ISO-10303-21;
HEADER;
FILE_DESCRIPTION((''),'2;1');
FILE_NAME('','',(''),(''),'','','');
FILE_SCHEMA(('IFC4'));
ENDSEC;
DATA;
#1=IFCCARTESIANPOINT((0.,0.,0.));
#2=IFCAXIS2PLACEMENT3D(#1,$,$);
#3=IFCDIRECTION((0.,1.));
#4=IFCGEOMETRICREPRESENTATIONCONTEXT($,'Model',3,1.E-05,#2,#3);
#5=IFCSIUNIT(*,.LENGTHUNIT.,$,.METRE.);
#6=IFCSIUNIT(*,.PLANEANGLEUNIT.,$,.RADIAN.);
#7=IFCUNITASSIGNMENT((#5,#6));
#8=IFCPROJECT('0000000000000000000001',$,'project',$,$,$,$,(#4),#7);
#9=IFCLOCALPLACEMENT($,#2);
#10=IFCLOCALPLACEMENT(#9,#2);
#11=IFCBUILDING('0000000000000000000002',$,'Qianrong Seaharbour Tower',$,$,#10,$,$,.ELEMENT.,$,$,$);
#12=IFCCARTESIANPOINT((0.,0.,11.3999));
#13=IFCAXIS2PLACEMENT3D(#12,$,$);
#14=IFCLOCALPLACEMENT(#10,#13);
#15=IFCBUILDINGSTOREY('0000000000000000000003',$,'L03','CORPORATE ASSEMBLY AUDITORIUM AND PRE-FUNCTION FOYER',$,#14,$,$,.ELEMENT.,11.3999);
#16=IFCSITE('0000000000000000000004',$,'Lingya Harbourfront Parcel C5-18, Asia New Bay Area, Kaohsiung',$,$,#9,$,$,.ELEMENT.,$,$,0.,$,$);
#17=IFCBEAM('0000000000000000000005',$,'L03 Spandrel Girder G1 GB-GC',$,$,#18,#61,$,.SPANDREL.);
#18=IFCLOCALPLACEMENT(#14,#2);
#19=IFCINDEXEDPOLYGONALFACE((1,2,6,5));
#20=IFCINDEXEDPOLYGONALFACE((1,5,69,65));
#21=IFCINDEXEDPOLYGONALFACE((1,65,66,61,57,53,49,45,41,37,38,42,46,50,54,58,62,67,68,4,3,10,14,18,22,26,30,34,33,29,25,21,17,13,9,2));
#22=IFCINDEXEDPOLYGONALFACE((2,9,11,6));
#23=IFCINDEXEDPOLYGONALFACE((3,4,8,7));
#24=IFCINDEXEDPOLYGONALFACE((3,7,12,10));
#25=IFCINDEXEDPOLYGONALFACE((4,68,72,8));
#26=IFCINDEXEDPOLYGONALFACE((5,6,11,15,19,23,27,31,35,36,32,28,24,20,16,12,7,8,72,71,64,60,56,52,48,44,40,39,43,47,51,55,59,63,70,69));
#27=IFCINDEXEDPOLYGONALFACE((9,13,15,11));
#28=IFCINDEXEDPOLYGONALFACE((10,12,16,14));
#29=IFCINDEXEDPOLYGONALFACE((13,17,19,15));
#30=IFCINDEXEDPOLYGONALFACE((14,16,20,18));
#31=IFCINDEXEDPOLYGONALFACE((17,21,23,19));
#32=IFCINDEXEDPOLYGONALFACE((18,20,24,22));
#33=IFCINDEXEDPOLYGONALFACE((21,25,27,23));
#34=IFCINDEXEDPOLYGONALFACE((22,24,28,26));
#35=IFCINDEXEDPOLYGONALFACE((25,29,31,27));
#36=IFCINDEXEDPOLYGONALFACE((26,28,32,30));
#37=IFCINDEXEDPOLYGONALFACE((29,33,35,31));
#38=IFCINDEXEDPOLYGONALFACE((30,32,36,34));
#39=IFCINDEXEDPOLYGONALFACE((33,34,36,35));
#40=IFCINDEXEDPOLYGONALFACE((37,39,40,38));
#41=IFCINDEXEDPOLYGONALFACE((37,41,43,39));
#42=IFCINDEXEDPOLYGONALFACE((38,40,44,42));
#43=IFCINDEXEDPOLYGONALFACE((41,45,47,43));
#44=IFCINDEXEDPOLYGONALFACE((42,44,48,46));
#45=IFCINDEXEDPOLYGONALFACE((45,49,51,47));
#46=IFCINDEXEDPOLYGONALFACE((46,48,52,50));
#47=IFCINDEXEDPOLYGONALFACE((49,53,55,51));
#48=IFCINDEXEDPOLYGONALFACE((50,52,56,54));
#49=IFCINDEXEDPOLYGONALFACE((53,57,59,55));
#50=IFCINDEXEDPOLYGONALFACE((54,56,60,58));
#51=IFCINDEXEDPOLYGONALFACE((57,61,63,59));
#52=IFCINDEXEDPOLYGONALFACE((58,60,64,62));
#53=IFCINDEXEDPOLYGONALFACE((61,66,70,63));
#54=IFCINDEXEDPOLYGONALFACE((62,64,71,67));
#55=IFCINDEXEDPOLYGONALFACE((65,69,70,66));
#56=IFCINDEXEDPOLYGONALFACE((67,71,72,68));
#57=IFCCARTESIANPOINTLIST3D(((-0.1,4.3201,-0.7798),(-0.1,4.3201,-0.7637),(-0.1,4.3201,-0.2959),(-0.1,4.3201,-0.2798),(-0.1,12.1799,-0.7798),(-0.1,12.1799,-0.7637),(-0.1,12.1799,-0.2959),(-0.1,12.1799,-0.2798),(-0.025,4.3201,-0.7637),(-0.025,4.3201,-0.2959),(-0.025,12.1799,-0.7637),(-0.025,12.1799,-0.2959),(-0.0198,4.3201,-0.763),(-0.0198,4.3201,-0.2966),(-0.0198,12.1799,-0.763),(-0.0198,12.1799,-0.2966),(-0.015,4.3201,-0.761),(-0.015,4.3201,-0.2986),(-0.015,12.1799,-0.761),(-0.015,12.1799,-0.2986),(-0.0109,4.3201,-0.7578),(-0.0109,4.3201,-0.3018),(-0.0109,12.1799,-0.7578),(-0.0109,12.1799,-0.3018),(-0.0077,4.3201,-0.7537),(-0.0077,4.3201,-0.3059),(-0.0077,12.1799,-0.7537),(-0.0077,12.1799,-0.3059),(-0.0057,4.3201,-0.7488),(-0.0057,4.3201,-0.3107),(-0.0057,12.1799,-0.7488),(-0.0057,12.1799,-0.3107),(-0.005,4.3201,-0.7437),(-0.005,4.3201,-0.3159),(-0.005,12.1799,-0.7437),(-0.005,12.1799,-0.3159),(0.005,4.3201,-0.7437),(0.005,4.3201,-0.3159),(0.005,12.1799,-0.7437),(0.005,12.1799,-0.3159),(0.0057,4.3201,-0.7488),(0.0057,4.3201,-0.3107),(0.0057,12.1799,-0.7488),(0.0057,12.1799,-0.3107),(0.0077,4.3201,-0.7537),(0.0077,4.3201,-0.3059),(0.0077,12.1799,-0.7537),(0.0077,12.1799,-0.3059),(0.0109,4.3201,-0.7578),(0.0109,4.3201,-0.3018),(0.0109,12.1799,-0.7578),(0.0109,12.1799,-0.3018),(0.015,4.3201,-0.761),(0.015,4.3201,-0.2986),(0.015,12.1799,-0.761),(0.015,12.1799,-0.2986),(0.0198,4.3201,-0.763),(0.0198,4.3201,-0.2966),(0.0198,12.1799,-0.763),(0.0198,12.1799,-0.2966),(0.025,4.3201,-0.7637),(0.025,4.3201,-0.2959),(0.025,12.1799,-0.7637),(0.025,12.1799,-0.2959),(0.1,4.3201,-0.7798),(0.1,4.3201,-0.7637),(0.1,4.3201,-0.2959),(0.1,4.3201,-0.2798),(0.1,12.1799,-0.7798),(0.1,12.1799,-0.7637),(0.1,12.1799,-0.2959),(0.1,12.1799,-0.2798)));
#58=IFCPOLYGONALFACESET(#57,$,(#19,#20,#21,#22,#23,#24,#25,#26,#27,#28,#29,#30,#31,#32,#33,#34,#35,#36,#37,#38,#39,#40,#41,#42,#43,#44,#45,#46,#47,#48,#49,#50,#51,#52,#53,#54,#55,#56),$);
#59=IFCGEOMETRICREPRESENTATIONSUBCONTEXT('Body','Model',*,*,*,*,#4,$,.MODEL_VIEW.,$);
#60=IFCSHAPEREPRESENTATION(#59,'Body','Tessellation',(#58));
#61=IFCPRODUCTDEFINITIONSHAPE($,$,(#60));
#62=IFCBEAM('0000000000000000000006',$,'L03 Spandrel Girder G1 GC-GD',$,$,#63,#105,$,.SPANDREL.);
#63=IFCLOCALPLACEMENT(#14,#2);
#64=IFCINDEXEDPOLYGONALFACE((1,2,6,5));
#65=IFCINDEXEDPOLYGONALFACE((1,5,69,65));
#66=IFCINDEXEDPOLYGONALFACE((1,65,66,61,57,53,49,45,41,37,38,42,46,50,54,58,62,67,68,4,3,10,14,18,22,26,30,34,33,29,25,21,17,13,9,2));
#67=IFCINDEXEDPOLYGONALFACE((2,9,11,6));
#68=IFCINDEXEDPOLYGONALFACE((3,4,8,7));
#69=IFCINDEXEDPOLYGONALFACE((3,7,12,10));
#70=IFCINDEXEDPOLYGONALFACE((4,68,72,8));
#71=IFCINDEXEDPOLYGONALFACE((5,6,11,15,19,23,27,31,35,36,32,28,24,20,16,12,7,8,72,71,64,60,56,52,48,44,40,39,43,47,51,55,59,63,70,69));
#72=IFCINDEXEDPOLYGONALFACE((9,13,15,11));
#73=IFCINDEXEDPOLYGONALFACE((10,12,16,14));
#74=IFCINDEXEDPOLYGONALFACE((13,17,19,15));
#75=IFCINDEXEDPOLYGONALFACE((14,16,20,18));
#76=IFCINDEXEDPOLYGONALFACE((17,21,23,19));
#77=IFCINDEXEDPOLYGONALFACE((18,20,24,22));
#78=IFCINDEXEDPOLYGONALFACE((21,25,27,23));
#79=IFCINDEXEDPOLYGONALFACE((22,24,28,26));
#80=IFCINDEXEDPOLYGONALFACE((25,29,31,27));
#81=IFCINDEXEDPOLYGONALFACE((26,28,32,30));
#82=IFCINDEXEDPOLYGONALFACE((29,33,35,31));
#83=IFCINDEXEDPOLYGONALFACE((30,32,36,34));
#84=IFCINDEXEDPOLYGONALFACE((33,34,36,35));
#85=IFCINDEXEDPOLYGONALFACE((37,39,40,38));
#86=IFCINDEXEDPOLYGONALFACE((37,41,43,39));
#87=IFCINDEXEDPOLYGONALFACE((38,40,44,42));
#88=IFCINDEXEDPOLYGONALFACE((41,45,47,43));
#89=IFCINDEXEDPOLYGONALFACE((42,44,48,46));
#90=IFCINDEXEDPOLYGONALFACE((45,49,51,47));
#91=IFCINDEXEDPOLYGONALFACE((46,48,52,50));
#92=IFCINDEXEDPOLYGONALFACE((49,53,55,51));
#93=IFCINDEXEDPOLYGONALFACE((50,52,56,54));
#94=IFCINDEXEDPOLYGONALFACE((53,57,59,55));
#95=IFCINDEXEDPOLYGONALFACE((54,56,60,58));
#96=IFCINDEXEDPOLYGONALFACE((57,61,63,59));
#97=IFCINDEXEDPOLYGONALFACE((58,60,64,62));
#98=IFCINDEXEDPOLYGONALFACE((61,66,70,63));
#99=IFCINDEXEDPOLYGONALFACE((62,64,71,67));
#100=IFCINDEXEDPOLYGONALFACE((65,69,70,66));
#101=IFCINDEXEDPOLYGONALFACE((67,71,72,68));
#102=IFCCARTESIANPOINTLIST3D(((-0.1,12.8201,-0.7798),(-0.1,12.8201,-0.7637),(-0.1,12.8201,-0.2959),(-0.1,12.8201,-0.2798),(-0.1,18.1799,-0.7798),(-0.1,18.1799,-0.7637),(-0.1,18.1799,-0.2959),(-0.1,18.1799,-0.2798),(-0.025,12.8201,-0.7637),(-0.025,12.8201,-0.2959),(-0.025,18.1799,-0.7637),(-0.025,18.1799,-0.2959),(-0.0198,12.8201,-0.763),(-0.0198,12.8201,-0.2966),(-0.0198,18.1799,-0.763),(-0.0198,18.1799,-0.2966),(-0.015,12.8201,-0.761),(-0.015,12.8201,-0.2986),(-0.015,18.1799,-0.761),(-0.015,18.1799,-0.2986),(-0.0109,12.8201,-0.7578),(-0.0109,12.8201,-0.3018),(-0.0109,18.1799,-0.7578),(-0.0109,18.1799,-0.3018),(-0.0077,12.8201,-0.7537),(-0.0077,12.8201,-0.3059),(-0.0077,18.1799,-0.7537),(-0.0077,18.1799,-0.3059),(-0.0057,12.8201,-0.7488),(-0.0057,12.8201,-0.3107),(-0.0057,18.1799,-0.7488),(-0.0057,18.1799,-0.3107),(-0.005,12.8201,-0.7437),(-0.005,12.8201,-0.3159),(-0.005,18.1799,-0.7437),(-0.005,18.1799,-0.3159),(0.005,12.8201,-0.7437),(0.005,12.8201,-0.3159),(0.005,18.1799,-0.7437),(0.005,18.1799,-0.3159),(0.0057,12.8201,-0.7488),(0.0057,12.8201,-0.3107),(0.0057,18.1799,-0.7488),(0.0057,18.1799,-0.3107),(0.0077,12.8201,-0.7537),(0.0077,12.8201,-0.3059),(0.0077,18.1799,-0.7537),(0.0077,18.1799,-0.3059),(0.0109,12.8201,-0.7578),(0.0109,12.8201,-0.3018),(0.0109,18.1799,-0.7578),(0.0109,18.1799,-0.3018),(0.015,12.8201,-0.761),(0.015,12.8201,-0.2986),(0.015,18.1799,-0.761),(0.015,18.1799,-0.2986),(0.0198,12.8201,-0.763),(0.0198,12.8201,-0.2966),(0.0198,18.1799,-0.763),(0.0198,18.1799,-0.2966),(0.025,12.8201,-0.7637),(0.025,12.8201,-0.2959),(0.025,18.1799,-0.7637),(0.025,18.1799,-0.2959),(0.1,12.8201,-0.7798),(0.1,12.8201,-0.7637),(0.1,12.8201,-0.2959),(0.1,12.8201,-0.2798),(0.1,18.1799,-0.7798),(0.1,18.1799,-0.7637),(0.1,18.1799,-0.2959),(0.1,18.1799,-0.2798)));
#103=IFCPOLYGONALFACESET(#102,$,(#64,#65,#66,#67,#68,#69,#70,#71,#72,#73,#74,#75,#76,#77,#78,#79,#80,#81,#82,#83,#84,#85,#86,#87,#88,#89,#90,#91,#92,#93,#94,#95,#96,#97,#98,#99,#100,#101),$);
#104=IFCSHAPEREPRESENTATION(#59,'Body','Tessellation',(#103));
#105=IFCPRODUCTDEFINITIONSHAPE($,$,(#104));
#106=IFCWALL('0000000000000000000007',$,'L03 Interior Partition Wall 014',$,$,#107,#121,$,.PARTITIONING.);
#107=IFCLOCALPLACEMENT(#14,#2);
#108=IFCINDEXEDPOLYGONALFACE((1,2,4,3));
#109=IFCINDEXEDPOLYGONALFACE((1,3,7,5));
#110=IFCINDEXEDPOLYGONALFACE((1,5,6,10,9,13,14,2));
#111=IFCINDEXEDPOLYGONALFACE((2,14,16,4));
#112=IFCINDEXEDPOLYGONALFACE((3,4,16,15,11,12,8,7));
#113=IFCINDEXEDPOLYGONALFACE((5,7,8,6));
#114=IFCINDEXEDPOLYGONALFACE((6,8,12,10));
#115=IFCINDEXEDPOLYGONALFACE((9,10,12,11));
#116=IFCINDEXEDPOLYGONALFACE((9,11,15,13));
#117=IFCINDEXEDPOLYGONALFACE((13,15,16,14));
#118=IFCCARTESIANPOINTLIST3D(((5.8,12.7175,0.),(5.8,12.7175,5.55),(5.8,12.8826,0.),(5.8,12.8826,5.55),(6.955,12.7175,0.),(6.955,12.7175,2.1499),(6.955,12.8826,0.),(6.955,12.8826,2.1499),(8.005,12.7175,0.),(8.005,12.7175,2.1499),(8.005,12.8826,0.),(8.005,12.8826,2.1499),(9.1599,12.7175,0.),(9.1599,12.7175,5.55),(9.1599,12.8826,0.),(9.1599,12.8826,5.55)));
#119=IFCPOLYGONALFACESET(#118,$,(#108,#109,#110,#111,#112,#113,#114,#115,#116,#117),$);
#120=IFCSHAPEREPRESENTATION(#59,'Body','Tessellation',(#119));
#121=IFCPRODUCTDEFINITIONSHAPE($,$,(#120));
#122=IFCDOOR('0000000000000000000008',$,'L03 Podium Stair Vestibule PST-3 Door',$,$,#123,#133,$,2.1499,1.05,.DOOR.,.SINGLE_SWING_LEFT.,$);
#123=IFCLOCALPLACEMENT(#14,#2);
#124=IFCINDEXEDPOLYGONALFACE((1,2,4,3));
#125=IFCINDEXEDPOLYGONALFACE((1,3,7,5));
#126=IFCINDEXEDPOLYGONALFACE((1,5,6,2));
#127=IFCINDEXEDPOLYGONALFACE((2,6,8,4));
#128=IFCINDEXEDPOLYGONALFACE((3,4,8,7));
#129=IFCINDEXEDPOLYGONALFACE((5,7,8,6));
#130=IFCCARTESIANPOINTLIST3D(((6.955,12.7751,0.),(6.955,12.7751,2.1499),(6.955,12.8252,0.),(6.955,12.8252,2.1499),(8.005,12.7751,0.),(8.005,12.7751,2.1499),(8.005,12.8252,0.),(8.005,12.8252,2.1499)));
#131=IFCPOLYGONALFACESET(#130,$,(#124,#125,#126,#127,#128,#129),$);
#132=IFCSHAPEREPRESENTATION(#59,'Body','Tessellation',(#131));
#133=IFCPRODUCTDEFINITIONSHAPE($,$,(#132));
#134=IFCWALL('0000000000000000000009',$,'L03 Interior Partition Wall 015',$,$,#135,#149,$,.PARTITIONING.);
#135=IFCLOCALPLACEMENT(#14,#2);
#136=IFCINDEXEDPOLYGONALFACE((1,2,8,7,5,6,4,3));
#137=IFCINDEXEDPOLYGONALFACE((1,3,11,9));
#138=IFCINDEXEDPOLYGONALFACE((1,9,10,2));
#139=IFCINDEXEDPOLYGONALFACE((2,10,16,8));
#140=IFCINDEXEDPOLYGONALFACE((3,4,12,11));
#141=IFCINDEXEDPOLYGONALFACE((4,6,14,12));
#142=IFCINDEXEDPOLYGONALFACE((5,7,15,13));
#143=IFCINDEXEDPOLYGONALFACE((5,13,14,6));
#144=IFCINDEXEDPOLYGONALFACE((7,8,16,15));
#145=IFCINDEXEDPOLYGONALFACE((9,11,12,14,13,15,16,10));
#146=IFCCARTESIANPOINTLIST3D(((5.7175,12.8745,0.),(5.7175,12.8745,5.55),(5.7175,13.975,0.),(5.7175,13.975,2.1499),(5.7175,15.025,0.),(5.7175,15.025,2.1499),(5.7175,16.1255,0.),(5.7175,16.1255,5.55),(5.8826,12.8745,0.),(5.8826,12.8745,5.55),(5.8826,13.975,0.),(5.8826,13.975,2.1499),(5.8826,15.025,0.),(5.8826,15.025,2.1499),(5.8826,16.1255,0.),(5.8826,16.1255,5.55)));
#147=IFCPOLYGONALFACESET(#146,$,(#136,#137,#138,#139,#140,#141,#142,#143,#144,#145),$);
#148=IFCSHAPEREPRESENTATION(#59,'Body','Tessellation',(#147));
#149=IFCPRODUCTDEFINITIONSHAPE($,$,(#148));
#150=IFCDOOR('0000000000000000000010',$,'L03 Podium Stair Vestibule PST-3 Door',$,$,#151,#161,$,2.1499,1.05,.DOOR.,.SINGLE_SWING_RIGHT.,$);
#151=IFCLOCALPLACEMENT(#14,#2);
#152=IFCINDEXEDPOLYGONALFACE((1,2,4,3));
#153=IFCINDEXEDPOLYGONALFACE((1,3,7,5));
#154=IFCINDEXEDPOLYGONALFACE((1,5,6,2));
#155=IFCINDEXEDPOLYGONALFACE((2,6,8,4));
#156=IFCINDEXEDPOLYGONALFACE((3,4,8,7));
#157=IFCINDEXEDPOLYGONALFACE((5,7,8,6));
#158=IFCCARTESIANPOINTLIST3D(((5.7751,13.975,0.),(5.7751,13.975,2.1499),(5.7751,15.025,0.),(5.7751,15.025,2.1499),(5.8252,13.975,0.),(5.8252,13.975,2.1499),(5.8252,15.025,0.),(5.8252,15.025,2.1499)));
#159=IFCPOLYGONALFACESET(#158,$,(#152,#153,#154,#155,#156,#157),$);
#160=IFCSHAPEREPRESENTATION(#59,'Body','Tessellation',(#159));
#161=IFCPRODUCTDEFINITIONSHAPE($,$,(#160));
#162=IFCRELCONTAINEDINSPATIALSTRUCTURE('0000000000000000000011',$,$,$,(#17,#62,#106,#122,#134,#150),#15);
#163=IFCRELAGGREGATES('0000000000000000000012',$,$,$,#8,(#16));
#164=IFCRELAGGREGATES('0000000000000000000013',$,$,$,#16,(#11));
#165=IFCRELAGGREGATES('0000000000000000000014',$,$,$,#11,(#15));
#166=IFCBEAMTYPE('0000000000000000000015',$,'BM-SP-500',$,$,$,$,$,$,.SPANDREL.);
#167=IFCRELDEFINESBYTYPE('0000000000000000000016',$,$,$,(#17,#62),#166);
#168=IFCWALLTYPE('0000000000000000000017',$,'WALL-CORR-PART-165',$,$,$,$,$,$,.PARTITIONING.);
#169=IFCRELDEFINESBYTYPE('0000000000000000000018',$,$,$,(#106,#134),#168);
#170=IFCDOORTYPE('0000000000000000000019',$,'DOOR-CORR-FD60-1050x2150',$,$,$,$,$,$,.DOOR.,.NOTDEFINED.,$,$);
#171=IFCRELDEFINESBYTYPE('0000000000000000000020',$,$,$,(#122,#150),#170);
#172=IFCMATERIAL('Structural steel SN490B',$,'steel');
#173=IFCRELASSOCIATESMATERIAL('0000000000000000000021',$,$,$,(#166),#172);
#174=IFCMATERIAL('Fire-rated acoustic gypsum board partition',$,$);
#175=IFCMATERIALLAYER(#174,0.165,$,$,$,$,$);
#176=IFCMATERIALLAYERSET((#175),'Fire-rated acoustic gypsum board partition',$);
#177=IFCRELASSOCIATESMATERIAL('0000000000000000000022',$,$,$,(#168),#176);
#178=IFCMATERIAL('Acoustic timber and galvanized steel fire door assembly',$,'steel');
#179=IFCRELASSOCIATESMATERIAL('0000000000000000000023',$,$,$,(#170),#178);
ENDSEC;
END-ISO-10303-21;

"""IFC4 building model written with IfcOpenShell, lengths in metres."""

from ifc_helpers import new_model, si_unit, direction, frame, frame_2d, origin, origin_2d, place, context, subcontext, project, spatial, rectangle, i_section, extrude, material, layer, layer_set, material_profile, profile_set, type_object, element, fill, save


model = new_model("IFC4")

# Units and contexts
model_context = context("Model", 3, precision=1e-05, world=origin(), true_north=direction((0.0, 1.0)))
body_context = subcontext(model_context, "Body", "Model", "MODEL_VIEW")
ifc_project = project(units=[si_unit("LENGTHUNIT", "METRE"), si_unit("PLANEANGLEUNIT", "RADIAN")], contexts=[model_context])

# Site, building, storey
site_placement = place(None, origin())
site = spatial("IfcSite", under=ifc_project, at=site_placement, Name="Lingya Harbourfront Parcel C5-18, Asia New Bay Area, Kaohsiung", CompositionType="ELEMENT", RefElevation=0.0)
building_placement = place(site_placement, origin())
building = spatial("IfcBuilding", under=site, at=building_placement, Name="Qianrong Seaharbour Tower", CompositionType="ELEMENT")
storey_placement = place(building_placement, frame((0.0, 0.0, 11.3999)))
storey = spatial("IfcBuildingStorey", under=building, at=storey_placement, Name="L03", Description="CORPORATE ASSEMBLY AUDITORIUM AND PRE-FUNCTION FOYER", CompositionType="ELEMENT", Elevation=11.3999)

# Shared definitions
ifc_material_1 = material(Name="Structural steel SN490B", Category="steel")

# Beams
ifc_material_profile_1 = material_profile(ifc_material_1, i_section(OverallWidth=0.2, OverallDepth=0.5, WebThickness=0.01, FlangeThickness=0.0161, FilletRadius=0.02, at=origin_2d()), Name="H500x200x10x16")
ifc_profile_set_1 = profile_set([ifc_material_profile_1], Name="Structural steel SN490B")
beam_type_1 = type_object("IfcBeamType", Name="BM-SP-500", PredefinedType="SPANDREL", material=ifc_profile_set_1)
beam_1_placement = place(storey_placement, frame((0.0, 4.3201, -0.5298), z_axis=(0.0, 1.0, 0.0), x_axis=(-1.0, 0.0, 0.0)))
element("IfcBeam", 1, at=beam_1_placement, inside=storey, type_object=beam_type_1, Name="L03 Spandrel Girder G1 GB-GC", PredefinedType="SPANDREL", context=body_context, shape_type="SweptSolid", body=[
    extrude(i_section(OverallWidth=0.2, OverallDepth=0.5, WebThickness=0.01, FlangeThickness=0.0161, FilletRadius=0.02, at=origin_2d()), origin(), (0.0, 0.0, 1.0), 7.8599),
])
beam_2_placement = place(storey_placement, frame((0.0, 12.8201, -0.5298), z_axis=(0.0, 1.0, 0.0), x_axis=(-1.0, 0.0, 0.0)))
element("IfcBeam", 2, at=beam_2_placement, inside=storey, type_object=beam_type_1, Name="L03 Spandrel Girder G1 GC-GD", PredefinedType="SPANDREL", context=body_context, shape_type="SweptSolid", body=[
    extrude(i_section(OverallWidth=0.2, OverallDepth=0.5, WebThickness=0.01, FlangeThickness=0.0161, FilletRadius=0.02, at=origin_2d()), origin(), (0.0, 0.0, 1.0), 5.3599),
])

# Walls, openings, doors
ifc_material_2 = material(Name="Fire-rated acoustic gypsum board partition")
ifc_layer_1 = layer(ifc_material_2, 0.165)
ifc_layer_set_1 = layer_set([ifc_layer_1], Name="Fire-rated acoustic gypsum board partition")
wall_type_1 = type_object("IfcWallType", Name="WALL-CORR-PART-165", PredefinedType="PARTITIONING", material=ifc_layer_set_1)
wall_1_placement = place(storey_placement, frame((9.1599, 12.8, 0.0), z_axis=(0.0, 0.0, 1.0), x_axis=(-1.0, 0.0, 0.0)))
wall_1 = element("IfcWall", 3, at=wall_1_placement, inside=storey, type_object=wall_type_1, Name="L03 Interior Partition Wall 014", PredefinedType="PARTITIONING", context=body_context, shape_type="SweptSolid", body=[
    extrude(rectangle(XDim=3.3599, YDim=0.165, at=frame_2d((1.6799, 0.0))), origin(), (0.0, 0.0, 1.0), 5.55),
])
opening_1_placement = place(wall_1_placement, frame((1.155, 0.0, 0.0)))
opening_1 = element("IfcOpeningElement", 4, at=opening_1_placement, cuts=wall_1, PredefinedType="OPENING", context=body_context, shape_type="SweptSolid", body=[
    extrude(rectangle(XDim=1.05, YDim=2.1499, at=frame_2d((0.5249, 1.075))), frame((0.0, 0.0925, 0.0), z_axis=(0.0, -1.0, 0.0), x_axis=(1.0, 0.0, 0.0)), (0.0, 0.0, 1.0), 0.1851),
])
ifc_material_3 = material(Name="Acoustic timber and galvanized steel fire door assembly", Category="steel")
door_type_1 = type_object("IfcDoorType", Name="DOOR-CORR-FD60-1050x2150", OperationType="NOTDEFINED", PredefinedType="DOOR", material=ifc_material_3)
door_1_placement = place(opening_1_placement, origin())
door_1 = element("IfcDoor", 5, at=door_1_placement, inside=storey, type_object=door_type_1, Name="L03 Podium Stair Vestibule PST-3 Door", OperationType="SINGLE_SWING_LEFT", OverallHeight=2.1499, OverallWidth=1.05, PredefinedType="DOOR", context=body_context, shape_type="SweptSolid", body=[
    extrude(rectangle(XDim=1.05, YDim=2.1499, at=frame_2d((0.5249, 1.075))), frame((0.0, 0.0249, 0.0), z_axis=(0.0, -1.0, 0.0), x_axis=(1.0, 0.0, 0.0)), (0.0, 0.0, 1.0), 0.05),
])
fill(opening_1, door_1)
wall_2_placement = place(storey_placement, frame((5.8, 12.8745, 0.0), z_axis=(0.0, 0.0, 1.0), x_axis=(0.0, 1.0, 0.0)))
wall_2 = element("IfcWall", 6, at=wall_2_placement, inside=storey, type_object=wall_type_1, Name="L03 Interior Partition Wall 015", PredefinedType="PARTITIONING", context=body_context, shape_type="SweptSolid", body=[
    extrude(rectangle(XDim=3.251, YDim=0.165, at=frame_2d((1.6255, 0.0))), origin(), (0.0, 0.0, 1.0), 5.55),
])
opening_2_placement = place(wall_2_placement, frame((1.1006, 0.0, 0.0)))
opening_2 = element("IfcOpeningElement", 7, at=opening_2_placement, cuts=wall_2, PredefinedType="OPENING", context=body_context, shape_type="SweptSolid", body=[
    extrude(rectangle(XDim=1.05, YDim=2.1499, at=frame_2d((0.5249, 1.075))), frame((0.0, 0.0925, 0.0), z_axis=(0.0, -1.0, 0.0), x_axis=(1.0, 0.0, 0.0)), (0.0, 0.0, 1.0), 0.1851),
])
door_2_placement = place(opening_2_placement, origin())
door_2 = element("IfcDoor", 8, at=door_2_placement, inside=storey, type_object=door_type_1, Name="L03 Podium Stair Vestibule PST-3 Door", OperationType="SINGLE_SWING_RIGHT", OverallHeight=2.1499, OverallWidth=1.05, PredefinedType="DOOR", context=body_context, shape_type="SweptSolid", body=[
    extrude(rectangle(XDim=1.05, YDim=2.1499, at=frame_2d((0.5249, 1.075))), frame((0.0, 0.0249, 0.0), z_axis=(0.0, -1.0, 0.0), x_axis=(1.0, 0.0, 0.0)), (0.0, 0.0, 1.0), 0.05),
])
fill(opening_2, door_2)

save(model, "model.ifc")
